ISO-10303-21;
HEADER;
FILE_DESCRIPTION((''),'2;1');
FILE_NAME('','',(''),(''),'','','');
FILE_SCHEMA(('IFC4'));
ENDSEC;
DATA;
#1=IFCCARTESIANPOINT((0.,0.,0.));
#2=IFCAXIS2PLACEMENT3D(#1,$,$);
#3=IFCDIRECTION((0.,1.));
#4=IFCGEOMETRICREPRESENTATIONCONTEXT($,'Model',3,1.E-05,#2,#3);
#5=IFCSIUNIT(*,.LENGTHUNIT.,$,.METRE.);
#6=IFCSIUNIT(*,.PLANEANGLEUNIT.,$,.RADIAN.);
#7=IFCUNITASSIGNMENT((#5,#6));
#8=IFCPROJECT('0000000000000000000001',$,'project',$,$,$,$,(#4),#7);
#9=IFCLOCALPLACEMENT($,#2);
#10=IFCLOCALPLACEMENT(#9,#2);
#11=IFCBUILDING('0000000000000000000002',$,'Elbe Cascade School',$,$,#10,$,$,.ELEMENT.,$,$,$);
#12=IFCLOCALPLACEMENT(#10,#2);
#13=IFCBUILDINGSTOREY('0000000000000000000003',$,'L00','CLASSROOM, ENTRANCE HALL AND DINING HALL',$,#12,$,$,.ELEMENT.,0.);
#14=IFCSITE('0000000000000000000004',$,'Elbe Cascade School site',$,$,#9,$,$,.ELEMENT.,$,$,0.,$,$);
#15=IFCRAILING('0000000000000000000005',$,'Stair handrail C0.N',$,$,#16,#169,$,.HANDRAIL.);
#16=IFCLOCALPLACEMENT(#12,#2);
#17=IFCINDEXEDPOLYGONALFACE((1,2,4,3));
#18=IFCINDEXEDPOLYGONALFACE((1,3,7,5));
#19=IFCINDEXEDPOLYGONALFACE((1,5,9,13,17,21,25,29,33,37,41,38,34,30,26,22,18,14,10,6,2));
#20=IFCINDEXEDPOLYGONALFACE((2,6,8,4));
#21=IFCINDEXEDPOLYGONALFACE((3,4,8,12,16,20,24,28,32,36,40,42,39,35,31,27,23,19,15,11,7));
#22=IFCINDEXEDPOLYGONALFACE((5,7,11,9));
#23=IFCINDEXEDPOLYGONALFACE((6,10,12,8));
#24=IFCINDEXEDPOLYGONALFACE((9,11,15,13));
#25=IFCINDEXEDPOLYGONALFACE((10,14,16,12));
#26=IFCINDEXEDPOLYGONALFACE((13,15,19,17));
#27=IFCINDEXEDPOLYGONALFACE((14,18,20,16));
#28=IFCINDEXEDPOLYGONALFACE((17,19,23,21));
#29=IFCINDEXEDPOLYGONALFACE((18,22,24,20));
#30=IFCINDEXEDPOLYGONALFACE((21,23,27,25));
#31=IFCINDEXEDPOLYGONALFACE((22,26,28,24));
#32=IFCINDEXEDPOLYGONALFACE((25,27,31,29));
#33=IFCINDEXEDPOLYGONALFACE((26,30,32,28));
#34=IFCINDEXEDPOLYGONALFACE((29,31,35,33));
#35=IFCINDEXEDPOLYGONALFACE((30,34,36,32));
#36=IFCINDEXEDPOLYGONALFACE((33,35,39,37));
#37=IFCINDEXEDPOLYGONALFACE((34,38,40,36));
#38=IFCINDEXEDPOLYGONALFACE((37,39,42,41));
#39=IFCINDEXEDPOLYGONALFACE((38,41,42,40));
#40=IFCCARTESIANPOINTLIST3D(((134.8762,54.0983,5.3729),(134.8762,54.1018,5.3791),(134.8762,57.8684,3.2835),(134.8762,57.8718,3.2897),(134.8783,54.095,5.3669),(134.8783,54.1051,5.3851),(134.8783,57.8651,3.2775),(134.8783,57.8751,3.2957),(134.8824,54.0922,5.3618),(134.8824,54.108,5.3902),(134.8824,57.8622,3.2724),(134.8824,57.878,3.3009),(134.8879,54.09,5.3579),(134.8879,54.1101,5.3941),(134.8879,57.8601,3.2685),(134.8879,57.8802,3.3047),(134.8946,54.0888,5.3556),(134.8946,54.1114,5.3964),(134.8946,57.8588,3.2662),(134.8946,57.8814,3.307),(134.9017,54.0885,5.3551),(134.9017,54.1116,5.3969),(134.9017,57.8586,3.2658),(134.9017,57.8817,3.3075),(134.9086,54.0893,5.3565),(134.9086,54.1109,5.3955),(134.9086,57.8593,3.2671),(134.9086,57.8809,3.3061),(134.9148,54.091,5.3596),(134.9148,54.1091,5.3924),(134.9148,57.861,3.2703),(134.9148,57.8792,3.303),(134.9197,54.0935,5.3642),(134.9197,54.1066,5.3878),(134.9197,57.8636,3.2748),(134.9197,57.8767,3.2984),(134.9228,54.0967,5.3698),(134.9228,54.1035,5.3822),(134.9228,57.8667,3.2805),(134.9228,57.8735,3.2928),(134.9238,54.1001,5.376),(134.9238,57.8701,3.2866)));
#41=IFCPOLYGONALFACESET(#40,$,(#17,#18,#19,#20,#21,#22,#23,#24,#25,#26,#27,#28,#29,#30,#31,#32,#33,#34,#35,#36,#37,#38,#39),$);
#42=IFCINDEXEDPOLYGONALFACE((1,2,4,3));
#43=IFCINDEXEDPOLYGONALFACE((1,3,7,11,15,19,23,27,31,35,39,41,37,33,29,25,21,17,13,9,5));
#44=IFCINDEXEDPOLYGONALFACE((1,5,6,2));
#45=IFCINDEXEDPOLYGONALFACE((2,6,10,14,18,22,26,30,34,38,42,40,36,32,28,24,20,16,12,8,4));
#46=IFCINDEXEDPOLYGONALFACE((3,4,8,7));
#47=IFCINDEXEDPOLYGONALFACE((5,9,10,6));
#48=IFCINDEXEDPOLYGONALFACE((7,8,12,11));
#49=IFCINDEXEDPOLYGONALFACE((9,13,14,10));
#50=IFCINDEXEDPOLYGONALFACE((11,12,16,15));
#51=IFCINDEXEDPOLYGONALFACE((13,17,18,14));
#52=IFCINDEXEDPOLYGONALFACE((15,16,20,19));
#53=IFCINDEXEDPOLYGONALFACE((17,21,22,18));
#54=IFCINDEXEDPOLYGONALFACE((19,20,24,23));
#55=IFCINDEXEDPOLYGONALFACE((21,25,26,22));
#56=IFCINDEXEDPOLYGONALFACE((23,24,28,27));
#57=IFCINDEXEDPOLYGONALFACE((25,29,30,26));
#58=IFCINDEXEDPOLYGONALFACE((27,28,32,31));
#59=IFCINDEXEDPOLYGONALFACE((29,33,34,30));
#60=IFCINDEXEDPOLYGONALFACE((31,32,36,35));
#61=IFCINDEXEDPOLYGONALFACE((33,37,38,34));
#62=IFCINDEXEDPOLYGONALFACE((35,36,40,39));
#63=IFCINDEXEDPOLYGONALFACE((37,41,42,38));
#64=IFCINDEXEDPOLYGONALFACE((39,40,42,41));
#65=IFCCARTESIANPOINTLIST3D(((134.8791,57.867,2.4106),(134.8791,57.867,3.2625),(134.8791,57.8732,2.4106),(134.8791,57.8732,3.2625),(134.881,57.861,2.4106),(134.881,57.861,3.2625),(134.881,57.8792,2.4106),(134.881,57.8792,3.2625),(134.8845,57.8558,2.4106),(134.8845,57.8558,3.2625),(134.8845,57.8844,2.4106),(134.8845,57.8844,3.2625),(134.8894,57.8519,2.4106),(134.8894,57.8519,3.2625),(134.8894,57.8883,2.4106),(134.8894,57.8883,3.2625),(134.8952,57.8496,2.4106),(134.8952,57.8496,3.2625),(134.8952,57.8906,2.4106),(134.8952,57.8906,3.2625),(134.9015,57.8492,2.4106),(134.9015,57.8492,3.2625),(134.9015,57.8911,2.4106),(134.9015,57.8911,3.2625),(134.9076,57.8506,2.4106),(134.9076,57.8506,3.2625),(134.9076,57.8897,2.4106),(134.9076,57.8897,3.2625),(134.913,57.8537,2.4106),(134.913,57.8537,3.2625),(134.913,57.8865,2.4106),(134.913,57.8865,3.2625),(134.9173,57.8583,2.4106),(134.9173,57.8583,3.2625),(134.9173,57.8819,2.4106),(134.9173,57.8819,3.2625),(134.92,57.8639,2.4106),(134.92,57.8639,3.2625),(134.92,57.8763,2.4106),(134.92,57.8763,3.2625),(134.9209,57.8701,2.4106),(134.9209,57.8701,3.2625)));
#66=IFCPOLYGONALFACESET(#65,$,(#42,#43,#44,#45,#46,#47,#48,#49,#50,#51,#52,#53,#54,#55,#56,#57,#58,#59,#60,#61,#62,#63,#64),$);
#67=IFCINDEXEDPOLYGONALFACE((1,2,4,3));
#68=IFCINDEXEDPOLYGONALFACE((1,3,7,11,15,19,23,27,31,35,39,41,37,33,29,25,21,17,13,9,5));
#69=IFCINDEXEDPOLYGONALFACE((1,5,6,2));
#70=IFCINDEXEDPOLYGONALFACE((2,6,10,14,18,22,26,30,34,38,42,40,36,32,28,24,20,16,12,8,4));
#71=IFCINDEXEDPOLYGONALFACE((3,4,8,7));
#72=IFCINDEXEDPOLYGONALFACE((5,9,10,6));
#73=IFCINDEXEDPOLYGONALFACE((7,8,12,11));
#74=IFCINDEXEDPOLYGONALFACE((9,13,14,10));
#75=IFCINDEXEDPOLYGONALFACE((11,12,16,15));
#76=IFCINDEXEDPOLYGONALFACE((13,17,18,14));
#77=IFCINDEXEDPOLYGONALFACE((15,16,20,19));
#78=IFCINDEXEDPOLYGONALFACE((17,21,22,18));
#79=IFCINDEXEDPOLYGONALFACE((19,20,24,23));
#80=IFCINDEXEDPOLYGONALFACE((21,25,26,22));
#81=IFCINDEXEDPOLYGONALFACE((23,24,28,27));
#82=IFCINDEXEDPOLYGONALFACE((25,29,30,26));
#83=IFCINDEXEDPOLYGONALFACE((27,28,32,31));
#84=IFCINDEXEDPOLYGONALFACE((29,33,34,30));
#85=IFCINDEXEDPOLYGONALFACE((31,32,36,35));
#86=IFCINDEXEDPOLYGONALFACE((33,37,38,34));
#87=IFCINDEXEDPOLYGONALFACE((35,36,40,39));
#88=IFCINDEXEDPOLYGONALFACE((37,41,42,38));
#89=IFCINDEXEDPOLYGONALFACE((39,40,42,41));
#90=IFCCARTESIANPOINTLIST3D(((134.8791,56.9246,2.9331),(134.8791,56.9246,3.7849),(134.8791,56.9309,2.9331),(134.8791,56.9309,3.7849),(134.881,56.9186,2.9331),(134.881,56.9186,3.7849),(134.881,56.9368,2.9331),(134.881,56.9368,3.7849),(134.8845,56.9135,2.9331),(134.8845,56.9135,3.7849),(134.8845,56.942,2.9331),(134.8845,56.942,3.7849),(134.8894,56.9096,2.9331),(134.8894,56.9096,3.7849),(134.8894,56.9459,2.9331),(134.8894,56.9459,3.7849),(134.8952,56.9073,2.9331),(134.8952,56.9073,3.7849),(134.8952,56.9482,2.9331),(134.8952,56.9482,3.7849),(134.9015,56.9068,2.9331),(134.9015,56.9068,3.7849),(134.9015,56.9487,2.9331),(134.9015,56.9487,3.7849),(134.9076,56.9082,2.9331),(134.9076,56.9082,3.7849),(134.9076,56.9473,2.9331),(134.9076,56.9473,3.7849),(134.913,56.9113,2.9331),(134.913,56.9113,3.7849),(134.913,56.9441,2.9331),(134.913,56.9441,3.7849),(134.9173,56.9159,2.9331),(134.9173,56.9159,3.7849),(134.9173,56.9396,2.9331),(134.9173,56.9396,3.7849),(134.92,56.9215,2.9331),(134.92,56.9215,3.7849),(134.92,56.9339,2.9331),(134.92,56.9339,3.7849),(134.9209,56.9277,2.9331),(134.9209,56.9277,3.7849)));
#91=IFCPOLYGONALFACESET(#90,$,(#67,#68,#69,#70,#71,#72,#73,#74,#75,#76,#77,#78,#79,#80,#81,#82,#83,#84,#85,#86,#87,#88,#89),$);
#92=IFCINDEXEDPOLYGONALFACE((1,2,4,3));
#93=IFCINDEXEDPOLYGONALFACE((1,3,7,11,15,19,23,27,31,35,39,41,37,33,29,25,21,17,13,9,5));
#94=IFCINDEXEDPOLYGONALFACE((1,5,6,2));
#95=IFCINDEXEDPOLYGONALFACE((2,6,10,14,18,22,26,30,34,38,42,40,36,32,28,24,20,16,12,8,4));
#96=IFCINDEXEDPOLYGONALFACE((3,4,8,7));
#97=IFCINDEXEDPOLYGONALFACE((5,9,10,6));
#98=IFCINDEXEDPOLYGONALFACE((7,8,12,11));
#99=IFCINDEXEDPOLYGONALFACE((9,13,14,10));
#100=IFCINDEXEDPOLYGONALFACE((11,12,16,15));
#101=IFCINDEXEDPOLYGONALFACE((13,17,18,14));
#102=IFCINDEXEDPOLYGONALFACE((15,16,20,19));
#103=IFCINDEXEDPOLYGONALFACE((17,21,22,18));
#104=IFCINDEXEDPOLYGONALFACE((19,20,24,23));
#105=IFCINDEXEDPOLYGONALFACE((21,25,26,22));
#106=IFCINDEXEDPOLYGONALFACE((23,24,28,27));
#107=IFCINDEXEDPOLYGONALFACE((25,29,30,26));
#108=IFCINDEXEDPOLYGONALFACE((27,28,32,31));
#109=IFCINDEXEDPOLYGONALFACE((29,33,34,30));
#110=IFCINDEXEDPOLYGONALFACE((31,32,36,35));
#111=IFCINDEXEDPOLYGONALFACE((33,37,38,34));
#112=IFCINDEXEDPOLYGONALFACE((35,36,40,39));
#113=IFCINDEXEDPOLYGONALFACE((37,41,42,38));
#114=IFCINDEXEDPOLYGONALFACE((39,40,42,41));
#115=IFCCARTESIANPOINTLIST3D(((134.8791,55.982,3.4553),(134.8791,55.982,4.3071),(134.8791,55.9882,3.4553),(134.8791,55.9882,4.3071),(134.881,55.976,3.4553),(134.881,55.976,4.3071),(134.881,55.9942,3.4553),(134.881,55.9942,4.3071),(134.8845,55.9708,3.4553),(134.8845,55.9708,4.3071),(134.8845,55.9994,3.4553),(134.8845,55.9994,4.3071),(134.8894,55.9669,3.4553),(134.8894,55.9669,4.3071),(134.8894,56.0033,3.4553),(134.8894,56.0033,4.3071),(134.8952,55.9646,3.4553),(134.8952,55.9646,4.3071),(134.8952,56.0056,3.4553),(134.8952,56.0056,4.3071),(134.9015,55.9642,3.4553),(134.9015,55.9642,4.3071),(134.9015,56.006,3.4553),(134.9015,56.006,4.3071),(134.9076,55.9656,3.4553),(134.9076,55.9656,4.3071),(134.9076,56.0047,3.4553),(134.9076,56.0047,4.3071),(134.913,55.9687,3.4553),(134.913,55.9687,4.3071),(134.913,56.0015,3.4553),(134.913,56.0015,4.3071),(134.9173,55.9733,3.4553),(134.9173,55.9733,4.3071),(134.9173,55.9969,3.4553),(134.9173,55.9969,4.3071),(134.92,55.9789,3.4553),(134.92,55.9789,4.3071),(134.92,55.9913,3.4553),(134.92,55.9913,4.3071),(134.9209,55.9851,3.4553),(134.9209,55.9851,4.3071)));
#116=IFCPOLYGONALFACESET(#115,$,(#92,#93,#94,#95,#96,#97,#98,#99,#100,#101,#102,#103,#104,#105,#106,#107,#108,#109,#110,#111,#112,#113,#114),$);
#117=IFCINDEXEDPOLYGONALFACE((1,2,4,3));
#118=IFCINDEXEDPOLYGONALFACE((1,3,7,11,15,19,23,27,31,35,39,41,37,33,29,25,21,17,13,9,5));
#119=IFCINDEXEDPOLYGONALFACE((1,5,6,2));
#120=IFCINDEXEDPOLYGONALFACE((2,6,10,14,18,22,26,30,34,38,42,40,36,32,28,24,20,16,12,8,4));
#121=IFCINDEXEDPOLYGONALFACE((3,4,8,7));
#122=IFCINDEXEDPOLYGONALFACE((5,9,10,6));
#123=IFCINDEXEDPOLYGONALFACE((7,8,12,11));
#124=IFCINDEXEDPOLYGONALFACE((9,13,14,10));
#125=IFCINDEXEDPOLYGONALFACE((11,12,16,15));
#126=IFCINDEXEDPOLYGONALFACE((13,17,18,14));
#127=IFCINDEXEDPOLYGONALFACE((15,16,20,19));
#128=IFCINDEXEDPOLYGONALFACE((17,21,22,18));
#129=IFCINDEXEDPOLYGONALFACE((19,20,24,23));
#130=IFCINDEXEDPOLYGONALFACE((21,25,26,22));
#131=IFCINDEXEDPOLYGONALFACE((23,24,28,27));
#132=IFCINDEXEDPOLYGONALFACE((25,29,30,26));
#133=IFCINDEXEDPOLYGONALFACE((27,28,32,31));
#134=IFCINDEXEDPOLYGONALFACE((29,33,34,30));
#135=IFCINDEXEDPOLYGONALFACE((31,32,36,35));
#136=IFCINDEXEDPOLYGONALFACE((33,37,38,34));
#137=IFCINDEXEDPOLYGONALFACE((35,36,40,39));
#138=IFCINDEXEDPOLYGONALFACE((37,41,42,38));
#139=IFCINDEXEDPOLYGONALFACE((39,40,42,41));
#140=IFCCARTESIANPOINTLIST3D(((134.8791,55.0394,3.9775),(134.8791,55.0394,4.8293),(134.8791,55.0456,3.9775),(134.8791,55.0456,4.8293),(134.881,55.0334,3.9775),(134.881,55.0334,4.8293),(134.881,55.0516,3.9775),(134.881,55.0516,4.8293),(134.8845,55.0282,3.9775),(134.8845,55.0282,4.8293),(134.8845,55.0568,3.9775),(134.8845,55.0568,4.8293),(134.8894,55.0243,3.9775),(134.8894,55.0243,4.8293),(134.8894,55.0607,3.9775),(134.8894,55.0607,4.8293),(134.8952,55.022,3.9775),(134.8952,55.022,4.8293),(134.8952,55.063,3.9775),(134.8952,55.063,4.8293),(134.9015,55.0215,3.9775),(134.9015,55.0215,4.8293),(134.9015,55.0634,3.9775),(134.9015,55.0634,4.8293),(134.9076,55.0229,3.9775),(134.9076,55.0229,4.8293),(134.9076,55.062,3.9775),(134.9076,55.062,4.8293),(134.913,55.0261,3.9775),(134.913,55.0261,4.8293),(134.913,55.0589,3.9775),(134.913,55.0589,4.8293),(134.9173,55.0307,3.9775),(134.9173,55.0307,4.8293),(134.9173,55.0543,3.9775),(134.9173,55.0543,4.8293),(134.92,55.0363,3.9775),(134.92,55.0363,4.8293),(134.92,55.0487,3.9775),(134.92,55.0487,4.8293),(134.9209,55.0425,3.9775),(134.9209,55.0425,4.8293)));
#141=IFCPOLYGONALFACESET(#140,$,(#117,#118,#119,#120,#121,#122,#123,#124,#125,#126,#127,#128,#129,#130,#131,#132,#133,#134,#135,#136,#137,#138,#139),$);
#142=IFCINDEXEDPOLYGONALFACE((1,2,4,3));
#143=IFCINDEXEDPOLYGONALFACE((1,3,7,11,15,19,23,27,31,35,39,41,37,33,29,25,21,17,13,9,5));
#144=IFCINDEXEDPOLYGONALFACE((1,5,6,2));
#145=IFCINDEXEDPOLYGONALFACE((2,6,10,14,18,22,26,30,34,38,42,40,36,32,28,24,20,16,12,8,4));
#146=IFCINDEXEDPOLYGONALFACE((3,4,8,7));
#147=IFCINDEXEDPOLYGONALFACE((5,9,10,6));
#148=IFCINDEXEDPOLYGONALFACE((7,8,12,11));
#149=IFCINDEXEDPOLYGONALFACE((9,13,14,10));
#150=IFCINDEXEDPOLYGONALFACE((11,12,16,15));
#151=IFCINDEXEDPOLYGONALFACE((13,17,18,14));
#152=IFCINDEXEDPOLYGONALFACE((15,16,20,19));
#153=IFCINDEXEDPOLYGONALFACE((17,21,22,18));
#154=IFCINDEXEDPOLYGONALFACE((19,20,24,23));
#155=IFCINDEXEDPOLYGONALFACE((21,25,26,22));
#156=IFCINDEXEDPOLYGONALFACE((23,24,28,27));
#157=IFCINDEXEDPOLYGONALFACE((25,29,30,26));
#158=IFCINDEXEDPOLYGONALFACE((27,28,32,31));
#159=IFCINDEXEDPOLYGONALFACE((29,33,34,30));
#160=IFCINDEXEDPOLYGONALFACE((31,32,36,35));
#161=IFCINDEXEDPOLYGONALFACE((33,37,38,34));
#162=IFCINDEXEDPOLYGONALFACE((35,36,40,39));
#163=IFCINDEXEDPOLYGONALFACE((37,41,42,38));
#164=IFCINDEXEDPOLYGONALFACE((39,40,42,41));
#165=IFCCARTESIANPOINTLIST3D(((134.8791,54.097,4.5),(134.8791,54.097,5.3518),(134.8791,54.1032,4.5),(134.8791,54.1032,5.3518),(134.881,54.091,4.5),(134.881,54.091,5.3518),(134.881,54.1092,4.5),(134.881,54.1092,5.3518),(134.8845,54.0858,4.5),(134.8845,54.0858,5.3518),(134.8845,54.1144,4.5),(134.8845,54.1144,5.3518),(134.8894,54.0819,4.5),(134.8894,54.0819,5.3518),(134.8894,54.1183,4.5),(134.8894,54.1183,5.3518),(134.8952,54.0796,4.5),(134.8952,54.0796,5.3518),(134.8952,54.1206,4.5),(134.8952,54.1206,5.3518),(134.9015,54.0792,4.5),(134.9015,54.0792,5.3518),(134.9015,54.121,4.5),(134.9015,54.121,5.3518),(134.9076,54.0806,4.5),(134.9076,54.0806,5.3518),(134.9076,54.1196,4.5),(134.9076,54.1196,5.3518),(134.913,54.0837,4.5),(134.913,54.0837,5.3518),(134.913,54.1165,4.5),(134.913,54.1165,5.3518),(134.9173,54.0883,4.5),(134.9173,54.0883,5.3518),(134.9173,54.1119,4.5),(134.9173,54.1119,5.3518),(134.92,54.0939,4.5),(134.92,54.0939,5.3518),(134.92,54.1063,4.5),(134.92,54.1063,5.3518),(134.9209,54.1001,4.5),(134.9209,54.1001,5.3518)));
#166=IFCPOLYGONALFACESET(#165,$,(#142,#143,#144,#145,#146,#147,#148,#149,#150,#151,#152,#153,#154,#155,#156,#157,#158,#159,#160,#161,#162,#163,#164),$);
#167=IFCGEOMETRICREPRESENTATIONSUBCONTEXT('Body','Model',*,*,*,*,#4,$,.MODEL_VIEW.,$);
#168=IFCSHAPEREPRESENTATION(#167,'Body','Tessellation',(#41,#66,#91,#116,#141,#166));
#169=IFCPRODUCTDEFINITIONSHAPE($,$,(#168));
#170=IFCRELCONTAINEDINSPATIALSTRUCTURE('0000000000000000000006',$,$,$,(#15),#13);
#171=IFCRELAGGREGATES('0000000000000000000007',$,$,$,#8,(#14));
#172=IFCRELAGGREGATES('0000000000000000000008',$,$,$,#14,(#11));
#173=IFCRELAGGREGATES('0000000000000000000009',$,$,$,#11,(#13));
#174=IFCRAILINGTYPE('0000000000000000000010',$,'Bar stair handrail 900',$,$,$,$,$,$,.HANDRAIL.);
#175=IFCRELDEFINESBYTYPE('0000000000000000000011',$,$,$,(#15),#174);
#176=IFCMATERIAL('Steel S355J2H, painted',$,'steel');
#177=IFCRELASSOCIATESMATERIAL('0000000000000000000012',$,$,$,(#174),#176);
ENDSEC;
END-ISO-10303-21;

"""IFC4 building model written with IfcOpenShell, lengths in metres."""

from ifc_helpers import new_model, si_unit, direction, frame, origin, origin_2d, place, context, subcontext, project, spatial, circle, extrude, material, type_object, element, save


model = new_model("IFC4")

# Units and contexts
model_context = context("Model", 3, precision=1e-05, world=origin(), true_north=direction((0.0, 1.0)))
body_context = subcontext(model_context, "Body", "Model", "MODEL_VIEW")
ifc_project = project(units=[si_unit("LENGTHUNIT", "METRE"), si_unit("PLANEANGLEUNIT", "RADIAN")], contexts=[model_context])

# Site, building, storey
site_placement = place(None, origin())
site = spatial("IfcSite", under=ifc_project, at=site_placement, Name="Elbe Cascade School site", CompositionType="ELEMENT", RefElevation=0.0)
building_placement = place(site_placement, origin())
building = spatial("IfcBuilding", under=site, at=building_placement, Name="Elbe Cascade School", CompositionType="ELEMENT")
storey_placement = place(building_placement, origin())
storey = spatial("IfcBuildingStorey", under=building, at=storey_placement, Name="L00", Description="CLASSROOM, ENTRANCE HALL AND DINING HALL", CompositionType="ELEMENT", Elevation=0.0)

# Railing
ifc_material_1 = material(Name="Steel S355J2H, painted", Category="steel")
railing_type_1 = type_object("IfcRailingType", Name="Bar stair handrail 900", PredefinedType="HANDRAIL", material=ifc_material_1)
railing_1_placement = place(storey_placement, frame((134.8999, 57.8701, 2.4106)))
element("IfcRailing", 1, at=railing_1_placement, inside=storey, type_object=railing_type_1, Name="Stair handrail C0.N", PredefinedType="HANDRAIL", context=body_context, shape_type="SweptSolid", body=[
    extrude(circle(Radius=0.0239, at=origin_2d()), frame((0.0, 0.0, 0.876), z_axis=(0.0, -0.874659, 0.484739), x_axis=(1.0, 0.0, 0.0)), (0.0, 0.0, 1.0), 4.3103),
    extrude(circle(Radius=0.021, at=origin_2d()), origin(), (0.0, 0.0, 1.0), 0.8518),
    extrude(circle(Radius=0.021, at=origin_2d()), frame((0.0, -0.9424, 0.5225)), (0.0, 0.0, 1.0), 0.8518),
    extrude(circle(Radius=0.021, at=origin_2d()), frame((0.0, -1.885, 1.0447)), (0.0, 0.0, 1.0), 0.8518),
    extrude(circle(Radius=0.021, at=origin_2d()), frame((0.0, -2.8276, 1.5669)), (0.0, 0.0, 1.0), 0.8518),
    extrude(circle(Radius=0.021, at=origin_2d()), frame((0.0, -3.77, 2.0894)), (0.0, 0.0, 1.0), 0.8518),
])

save(model, "model.ifc")
